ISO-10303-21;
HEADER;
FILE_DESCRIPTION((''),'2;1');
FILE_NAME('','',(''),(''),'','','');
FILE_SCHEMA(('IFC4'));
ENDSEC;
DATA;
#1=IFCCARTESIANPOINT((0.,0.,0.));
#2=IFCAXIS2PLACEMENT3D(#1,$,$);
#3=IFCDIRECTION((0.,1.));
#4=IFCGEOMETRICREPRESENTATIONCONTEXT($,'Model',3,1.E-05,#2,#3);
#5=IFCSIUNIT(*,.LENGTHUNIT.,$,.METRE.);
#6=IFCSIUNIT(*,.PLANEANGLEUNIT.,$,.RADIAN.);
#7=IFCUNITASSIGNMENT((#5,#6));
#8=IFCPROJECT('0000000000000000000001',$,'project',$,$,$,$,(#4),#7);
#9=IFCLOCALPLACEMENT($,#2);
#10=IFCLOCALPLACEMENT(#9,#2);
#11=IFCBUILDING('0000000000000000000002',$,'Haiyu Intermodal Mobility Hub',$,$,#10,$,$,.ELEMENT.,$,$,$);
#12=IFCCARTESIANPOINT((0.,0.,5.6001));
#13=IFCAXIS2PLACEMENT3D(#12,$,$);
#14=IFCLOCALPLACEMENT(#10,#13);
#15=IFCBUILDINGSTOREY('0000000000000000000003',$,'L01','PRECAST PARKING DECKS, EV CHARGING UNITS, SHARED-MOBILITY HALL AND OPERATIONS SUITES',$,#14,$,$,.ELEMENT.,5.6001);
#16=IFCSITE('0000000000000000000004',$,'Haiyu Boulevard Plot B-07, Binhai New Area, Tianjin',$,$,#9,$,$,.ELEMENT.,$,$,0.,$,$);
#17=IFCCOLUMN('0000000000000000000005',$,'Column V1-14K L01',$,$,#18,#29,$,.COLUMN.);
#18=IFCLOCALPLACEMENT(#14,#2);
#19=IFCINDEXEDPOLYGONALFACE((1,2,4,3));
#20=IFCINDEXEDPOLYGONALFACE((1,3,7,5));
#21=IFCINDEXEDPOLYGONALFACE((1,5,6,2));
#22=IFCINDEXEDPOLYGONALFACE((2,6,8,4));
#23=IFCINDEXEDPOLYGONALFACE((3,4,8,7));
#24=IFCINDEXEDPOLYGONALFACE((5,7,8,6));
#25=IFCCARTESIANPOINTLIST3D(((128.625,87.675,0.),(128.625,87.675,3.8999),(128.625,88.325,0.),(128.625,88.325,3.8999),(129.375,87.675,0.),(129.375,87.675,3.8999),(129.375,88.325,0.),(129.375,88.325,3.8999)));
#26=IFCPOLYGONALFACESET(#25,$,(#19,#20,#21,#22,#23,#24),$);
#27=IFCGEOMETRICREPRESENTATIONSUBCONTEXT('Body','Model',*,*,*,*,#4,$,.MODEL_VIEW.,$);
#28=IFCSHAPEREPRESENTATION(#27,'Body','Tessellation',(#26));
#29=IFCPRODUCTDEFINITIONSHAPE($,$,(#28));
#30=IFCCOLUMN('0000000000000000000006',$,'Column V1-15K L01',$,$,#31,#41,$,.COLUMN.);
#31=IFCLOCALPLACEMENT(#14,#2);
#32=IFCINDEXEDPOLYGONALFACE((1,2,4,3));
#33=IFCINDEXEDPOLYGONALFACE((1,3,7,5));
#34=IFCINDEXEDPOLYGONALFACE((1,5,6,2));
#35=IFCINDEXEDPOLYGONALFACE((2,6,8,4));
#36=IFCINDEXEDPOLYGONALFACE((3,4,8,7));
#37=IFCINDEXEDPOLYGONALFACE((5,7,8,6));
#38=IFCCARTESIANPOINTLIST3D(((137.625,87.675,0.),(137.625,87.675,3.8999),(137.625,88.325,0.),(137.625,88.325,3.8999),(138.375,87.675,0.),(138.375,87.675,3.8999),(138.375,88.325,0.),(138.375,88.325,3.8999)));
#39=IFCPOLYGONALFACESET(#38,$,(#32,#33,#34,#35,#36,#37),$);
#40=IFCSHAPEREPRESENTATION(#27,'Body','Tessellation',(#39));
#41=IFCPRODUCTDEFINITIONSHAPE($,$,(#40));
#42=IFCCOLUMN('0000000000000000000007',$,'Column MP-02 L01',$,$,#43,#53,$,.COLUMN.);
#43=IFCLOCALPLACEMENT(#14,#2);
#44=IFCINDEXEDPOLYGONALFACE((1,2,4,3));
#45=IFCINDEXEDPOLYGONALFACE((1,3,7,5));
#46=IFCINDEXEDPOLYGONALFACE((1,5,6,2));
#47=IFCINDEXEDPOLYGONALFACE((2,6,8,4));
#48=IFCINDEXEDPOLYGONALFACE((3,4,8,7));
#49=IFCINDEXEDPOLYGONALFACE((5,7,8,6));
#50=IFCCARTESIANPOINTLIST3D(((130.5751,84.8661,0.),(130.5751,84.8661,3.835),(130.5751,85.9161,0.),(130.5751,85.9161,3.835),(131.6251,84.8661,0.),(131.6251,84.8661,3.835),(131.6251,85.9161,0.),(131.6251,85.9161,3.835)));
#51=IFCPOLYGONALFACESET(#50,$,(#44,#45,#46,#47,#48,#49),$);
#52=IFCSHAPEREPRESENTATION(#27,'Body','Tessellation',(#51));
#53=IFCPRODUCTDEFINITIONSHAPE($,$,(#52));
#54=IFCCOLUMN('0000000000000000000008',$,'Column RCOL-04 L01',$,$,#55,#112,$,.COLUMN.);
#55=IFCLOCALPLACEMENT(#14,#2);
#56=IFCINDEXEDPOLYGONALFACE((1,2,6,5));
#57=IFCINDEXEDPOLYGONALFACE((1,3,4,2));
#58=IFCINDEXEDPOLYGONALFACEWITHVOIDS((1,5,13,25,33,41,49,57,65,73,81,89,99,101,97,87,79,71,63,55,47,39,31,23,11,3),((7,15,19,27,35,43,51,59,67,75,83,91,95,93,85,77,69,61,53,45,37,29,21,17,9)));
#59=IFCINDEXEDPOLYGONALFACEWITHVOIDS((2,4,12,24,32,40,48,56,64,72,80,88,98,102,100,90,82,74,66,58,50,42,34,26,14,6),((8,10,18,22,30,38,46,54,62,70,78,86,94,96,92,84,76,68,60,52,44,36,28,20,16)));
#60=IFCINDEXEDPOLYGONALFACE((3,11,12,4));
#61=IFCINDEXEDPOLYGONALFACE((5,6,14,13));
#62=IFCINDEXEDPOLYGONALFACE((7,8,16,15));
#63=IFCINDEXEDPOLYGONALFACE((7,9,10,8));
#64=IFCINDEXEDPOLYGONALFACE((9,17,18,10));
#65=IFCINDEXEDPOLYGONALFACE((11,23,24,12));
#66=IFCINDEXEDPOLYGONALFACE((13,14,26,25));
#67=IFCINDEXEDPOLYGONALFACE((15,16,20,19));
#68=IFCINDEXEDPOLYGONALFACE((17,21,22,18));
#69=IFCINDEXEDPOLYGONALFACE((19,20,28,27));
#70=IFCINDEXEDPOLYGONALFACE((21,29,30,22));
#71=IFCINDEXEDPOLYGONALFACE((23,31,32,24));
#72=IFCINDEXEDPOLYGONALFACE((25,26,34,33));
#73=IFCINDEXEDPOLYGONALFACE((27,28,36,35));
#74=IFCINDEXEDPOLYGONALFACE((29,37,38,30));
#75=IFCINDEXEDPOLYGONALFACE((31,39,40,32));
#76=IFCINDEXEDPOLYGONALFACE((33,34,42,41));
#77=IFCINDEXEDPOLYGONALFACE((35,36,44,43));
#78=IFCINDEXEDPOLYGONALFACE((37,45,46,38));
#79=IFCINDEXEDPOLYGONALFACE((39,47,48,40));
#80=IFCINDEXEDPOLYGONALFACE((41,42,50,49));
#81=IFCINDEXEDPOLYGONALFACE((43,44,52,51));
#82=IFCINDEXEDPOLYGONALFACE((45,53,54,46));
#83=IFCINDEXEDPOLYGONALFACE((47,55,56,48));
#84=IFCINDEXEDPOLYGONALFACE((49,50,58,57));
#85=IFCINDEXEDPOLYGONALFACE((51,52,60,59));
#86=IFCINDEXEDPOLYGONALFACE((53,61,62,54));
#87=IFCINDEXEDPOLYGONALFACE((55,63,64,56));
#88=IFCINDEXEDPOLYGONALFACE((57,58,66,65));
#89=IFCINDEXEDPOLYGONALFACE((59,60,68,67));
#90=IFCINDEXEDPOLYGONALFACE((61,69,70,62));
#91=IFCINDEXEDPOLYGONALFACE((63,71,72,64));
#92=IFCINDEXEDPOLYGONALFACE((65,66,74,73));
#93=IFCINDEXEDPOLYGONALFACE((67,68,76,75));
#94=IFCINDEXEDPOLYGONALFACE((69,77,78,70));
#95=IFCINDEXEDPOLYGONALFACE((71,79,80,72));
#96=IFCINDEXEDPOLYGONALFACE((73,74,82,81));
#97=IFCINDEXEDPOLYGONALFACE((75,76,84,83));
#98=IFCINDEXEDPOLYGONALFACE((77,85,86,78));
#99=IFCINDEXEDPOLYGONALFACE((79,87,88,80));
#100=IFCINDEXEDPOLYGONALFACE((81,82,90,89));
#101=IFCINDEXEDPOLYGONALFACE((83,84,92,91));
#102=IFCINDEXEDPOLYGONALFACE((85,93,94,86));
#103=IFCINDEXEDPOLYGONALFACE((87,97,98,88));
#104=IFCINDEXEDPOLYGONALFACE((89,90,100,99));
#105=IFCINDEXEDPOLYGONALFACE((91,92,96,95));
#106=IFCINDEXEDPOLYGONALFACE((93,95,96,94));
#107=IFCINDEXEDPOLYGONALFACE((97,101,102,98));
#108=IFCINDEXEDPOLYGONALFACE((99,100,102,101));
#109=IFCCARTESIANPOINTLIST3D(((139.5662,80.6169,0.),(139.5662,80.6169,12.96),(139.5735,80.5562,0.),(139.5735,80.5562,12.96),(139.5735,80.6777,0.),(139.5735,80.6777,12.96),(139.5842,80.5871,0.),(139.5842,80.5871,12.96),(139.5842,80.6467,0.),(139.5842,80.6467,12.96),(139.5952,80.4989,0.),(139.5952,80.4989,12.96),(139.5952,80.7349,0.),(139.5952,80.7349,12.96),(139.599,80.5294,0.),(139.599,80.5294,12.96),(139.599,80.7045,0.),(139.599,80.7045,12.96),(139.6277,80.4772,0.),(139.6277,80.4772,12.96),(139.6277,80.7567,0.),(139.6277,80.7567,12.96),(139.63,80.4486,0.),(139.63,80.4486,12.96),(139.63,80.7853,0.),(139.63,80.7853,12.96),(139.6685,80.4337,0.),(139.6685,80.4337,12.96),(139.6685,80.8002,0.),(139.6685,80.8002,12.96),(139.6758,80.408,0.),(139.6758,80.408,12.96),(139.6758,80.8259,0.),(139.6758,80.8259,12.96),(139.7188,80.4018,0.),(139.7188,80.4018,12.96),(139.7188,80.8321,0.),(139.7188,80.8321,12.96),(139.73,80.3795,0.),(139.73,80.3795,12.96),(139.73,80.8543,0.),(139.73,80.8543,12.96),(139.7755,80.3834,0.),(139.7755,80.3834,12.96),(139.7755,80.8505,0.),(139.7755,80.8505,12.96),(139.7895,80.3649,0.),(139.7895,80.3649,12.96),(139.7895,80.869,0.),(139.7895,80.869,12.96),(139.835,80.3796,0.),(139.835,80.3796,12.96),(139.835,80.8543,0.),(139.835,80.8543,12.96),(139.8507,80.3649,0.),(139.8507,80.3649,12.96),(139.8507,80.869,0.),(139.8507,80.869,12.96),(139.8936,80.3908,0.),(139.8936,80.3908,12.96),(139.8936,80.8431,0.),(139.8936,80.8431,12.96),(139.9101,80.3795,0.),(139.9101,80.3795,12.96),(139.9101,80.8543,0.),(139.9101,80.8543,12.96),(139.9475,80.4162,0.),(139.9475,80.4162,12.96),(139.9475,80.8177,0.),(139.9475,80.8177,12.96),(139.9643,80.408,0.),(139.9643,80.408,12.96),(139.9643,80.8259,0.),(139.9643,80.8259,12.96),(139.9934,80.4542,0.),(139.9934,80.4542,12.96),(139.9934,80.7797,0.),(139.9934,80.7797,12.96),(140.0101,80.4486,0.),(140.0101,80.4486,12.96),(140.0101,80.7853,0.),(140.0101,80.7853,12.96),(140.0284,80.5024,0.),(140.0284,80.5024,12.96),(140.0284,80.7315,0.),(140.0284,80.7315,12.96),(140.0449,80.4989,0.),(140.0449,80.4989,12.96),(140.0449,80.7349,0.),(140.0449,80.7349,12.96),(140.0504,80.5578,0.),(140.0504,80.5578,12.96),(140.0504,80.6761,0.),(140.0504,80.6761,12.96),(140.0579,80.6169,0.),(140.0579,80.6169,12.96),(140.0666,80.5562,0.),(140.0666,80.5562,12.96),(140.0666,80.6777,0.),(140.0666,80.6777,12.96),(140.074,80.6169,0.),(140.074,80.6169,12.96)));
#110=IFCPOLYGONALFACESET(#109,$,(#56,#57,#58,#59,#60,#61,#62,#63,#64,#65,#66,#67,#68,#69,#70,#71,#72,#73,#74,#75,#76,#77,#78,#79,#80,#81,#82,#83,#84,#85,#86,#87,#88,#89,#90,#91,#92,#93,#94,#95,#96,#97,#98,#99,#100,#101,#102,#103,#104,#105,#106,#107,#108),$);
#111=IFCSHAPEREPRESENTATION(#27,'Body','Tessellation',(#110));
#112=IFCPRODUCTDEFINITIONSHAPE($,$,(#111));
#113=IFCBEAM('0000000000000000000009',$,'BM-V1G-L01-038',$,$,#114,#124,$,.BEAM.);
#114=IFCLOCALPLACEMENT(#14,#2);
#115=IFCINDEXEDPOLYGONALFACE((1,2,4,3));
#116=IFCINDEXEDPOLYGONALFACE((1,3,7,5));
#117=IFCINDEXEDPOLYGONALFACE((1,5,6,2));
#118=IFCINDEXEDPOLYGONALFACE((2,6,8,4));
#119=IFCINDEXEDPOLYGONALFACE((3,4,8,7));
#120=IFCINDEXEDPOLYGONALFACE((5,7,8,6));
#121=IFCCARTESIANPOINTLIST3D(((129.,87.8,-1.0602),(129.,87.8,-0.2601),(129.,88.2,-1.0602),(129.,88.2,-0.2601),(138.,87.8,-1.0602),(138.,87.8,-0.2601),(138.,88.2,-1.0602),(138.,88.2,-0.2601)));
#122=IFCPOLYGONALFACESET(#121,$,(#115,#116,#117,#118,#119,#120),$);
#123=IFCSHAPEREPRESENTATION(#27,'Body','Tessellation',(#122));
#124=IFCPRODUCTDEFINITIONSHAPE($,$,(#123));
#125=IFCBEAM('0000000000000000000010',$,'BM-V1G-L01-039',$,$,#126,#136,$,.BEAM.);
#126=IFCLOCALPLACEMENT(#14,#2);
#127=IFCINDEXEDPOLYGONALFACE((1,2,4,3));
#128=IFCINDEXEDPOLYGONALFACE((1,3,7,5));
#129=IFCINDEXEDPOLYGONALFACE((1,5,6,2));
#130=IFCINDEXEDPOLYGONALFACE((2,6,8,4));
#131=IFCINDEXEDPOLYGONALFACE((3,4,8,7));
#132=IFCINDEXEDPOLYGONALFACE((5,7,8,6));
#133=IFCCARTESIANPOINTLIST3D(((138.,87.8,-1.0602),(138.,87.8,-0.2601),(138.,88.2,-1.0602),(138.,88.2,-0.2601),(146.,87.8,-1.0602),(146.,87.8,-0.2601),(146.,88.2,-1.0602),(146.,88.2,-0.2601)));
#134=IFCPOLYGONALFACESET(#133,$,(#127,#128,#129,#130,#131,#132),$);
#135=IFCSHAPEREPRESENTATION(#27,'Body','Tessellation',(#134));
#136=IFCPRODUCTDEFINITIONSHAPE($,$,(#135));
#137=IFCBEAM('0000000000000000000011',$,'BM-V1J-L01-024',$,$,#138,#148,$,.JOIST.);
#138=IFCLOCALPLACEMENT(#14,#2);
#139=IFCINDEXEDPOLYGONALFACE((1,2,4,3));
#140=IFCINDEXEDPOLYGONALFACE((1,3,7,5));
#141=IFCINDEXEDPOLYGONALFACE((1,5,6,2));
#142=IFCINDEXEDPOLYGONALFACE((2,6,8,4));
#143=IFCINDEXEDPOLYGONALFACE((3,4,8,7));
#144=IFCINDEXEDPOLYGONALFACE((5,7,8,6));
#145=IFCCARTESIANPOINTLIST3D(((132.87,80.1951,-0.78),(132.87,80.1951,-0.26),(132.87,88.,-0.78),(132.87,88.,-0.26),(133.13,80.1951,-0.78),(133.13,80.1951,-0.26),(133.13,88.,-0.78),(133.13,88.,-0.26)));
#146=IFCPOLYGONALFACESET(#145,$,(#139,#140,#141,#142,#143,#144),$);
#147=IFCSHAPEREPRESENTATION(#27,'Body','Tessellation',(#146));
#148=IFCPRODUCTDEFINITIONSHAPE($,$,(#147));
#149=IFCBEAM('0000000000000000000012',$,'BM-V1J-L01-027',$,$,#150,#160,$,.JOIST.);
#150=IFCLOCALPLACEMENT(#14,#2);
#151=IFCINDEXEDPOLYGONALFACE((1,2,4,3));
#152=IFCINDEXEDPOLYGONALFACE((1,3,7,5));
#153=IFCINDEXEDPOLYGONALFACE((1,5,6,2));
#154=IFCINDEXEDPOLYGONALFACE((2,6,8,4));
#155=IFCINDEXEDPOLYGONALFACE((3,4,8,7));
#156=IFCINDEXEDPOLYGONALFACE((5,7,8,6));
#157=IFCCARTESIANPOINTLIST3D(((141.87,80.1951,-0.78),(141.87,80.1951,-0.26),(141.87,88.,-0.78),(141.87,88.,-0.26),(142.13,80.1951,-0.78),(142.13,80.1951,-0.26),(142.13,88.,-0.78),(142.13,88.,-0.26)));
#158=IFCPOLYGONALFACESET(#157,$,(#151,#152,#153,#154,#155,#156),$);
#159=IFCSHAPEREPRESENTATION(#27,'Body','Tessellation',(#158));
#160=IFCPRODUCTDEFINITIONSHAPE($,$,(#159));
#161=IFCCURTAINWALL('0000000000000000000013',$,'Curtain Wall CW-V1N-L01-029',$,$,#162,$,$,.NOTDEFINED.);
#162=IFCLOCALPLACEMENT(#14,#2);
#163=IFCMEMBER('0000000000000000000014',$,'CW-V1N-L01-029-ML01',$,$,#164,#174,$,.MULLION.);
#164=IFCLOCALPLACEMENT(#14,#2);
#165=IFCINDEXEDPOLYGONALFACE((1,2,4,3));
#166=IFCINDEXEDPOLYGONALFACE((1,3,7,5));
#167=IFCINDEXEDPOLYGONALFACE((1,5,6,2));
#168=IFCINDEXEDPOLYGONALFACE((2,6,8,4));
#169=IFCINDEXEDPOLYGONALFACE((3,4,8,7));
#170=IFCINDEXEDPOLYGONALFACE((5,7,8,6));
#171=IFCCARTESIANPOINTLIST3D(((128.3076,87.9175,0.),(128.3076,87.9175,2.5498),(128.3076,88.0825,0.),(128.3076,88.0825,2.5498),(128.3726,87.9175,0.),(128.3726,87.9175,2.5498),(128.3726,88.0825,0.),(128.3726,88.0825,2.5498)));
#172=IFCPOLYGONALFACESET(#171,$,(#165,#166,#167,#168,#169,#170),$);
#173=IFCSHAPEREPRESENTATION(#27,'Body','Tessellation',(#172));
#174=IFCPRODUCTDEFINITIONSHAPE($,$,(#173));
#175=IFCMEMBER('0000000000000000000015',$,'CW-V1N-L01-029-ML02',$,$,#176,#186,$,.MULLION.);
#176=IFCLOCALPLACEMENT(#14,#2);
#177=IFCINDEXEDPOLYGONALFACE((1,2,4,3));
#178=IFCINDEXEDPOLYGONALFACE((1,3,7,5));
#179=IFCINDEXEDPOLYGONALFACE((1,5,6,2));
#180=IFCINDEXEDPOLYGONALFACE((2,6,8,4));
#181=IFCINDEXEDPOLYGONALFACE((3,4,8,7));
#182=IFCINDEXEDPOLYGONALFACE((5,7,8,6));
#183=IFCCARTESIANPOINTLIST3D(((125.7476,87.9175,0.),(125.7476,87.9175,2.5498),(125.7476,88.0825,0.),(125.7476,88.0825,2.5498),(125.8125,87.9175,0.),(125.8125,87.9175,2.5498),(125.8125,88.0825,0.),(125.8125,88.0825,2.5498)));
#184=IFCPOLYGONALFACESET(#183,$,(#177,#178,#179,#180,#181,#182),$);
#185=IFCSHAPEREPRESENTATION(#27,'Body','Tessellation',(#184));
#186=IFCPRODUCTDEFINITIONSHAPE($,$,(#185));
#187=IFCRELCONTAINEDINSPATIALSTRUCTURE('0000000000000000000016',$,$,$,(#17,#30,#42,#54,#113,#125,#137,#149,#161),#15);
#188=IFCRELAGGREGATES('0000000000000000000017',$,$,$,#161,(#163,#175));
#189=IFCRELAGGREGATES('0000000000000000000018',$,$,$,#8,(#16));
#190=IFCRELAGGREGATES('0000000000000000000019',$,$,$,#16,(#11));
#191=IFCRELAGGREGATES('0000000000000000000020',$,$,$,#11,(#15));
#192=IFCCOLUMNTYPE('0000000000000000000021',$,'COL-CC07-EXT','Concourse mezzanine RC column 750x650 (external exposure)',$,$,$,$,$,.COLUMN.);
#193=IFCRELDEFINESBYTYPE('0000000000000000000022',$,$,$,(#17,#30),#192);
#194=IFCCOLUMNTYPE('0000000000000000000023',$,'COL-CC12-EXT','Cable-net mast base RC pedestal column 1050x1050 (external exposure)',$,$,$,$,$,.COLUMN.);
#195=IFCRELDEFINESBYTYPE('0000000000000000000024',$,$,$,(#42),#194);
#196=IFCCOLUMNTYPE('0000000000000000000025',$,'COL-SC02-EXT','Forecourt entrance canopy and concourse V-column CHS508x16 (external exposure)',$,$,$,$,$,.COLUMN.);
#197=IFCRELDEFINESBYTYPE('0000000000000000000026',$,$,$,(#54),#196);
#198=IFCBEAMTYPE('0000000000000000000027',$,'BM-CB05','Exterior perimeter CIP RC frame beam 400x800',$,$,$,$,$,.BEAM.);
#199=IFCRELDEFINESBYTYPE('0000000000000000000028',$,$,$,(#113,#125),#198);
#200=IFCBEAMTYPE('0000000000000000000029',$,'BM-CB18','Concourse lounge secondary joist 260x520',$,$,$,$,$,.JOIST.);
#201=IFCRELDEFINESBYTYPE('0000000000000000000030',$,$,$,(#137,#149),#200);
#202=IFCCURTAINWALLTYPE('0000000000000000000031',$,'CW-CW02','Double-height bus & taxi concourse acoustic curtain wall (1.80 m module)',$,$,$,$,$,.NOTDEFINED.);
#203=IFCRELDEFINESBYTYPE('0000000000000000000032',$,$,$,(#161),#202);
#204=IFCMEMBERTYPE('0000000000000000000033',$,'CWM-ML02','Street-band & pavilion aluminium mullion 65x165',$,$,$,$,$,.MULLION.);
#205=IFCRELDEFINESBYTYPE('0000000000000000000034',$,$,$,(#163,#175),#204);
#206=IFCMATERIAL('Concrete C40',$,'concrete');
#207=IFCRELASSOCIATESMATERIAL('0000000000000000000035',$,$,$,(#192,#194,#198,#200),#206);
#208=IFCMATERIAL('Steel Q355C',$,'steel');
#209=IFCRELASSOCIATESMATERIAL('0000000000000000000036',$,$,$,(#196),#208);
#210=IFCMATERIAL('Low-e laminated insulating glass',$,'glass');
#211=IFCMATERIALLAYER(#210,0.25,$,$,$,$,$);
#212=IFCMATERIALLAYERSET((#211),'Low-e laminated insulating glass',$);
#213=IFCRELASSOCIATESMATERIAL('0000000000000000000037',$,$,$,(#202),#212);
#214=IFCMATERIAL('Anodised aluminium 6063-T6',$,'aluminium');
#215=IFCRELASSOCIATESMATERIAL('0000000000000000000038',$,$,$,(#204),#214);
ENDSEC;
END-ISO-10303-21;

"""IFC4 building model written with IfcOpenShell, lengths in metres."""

from ifc_helpers import new_model, si_unit, direction, frame, origin, origin_2d, place, context, subcontext, project, spatial, rectangle, hollow_circle, extrude, material, layer, layer_set, material_profile, profile_set, type_object, element, aggregate, save


model = new_model("IFC4")

# Units and contexts
model_context = context("Model", 3, precision=1e-05, world=origin(), true_north=direction((0.0, 1.0)))
body_context = subcontext(model_context, "Body", "Model", "MODEL_VIEW")
ifc_project = project(units=[si_unit("LENGTHUNIT", "METRE"), si_unit("PLANEANGLEUNIT", "RADIAN")], contexts=[model_context])

# Site, building, storey
site_placement = place(None, origin())
site = spatial("IfcSite", under=ifc_project, at=site_placement, Name="Haiyu Boulevard Plot B-07, Binhai New Area, Tianjin", CompositionType="ELEMENT", RefElevation=0.0)
building_placement = place(site_placement, origin())
building = spatial("IfcBuilding", under=site, at=building_placement, Name="Haiyu Intermodal Mobility Hub", CompositionType="ELEMENT")
storey_placement = place(building_placement, frame((0.0, 0.0, 5.6001)))
storey = spatial("IfcBuildingStorey", under=building, at=storey_placement, Name="L01", Description="PRECAST PARKING DECKS, EV CHARGING UNITS, SHARED-MOBILITY HALL AND OPERATIONS SUITES", CompositionType="ELEMENT", Elevation=5.6001)

# Columns
ifc_material_1 = material(Name="Concrete C40", Category="concrete")
ifc_material_profile_1 = material_profile(ifc_material_1, rectangle(XDim=0.75, YDim=0.6499, at=origin_2d()), Name="RC750x650")
ifc_profile_set_1 = profile_set([ifc_material_profile_1], Name="Concrete C40")
column_type_1 = type_object("IfcColumnType", Name="COL-CC07-EXT", Description="Concourse mezzanine RC column 750x650 (external exposure)", PredefinedType="COLUMN", material=ifc_profile_set_1)
for number, where, z_axis, x_axis, name in (
    (1, (129.0, 88.0, 0.0), (0.0, 0.0, 1.0), (1.0, 0.0, 0.0), "Column V1-14K L01"),
    (2, (138.0, 88.0, 0.0), (0.0, 0.0, 1.0), (1.0, 0.0, 0.0), "Column V1-15K L01"),
):
    element("IfcColumn", number, at=place(storey_placement, frame(where, z_axis=z_axis, x_axis=x_axis)), inside=storey, type_object=column_type_1, Name=name, PredefinedType="COLUMN", context=body_context, shape_type="SweptSolid", body=[
        extrude(rectangle(XDim=0.75, YDim=0.6499, at=origin_2d()), origin(), (0.0, 0.0, 1.0), 3.8999),
    ])
ifc_material_profile_2 = material_profile(ifc_material_1, rectangle(XDim=1.05, YDim=1.05, at=origin_2d()), Name="RC1050x1050")
ifc_profile_set_2 = profile_set([ifc_material_profile_2], Name="Concrete C40")
column_type_2 = type_object("IfcColumnType", Name="COL-CC12-EXT", Description="Cable-net mast base RC pedestal column 1050x1050 (external exposure)", PredefinedType="COLUMN", material=ifc_profile_set_2)
column_1_placement = place(storey_placement, frame((131.1001, 85.3911, 0.0), z_axis=(0.0, 0.0, 1.0), x_axis=(1.0, 0.0, 0.0)))
element("IfcColumn", 3, at=column_1_placement, inside=storey, type_object=column_type_2, Name="Column MP-02 L01", PredefinedType="COLUMN", context=body_context, shape_type="SweptSolid", body=[
    extrude(rectangle(XDim=1.05, YDim=1.05, at=origin_2d()), origin(), (0.0, 0.0, 1.0), 3.835),
])
ifc_material_2 = material(Name="Steel Q355C", Category="steel")
ifc_material_profile_3 = material_profile(ifc_material_2, hollow_circle(Radius=0.2539, WallThickness=0.0161, at=origin_2d()), Name="CHS508x16")
ifc_profile_set_3 = profile_set([ifc_material_profile_3], Name="Steel Q355C")
column_type_3 = type_object("IfcColumnType", Name="COL-SC02-EXT", Description="Forecourt entrance canopy and concourse V-column CHS508x16 (external exposure)", PredefinedType="COLUMN", material=ifc_profile_set_3)
column_2_placement = place(storey_placement, frame((139.8201, 80.6169, 0.0), z_axis=(0.0, 0.0, 1.0), x_axis=(1.0, 0.0, 0.0)))
element("IfcColumn", 4, at=column_2_placement, inside=storey, type_object=column_type_3, Name="Column RCOL-04 L01", PredefinedType="COLUMN", context=body_context, shape_type="SweptSolid", body=[
    extrude(hollow_circle(Radius=0.2539, WallThickness=0.0161, at=origin_2d()), origin(), (0.0, 0.0, 1.0), 12.96),
])

# Beams
ifc_material_profile_4 = material_profile(ifc_material_1, rectangle(XDim=0.3999, YDim=0.8, at=origin_2d()), Name="RCB400x800")
ifc_profile_set_4 = profile_set([ifc_material_profile_4], Name="Concrete C40")
beam_type_1 = type_object("IfcBeamType", Name="BM-CB05", Description="Exterior perimeter CIP RC frame beam 400x800", PredefinedType="BEAM", material=ifc_profile_set_4)
beam_1_placement = place(storey_placement, frame((129.0, 88.0, -0.6602), z_axis=(1.0, 0.0, 0.0), x_axis=(0.0, 1.0, 0.0)))
element("IfcBeam", 5, at=beam_1_placement, inside=storey, type_object=beam_type_1, Name="BM-V1G-L01-038", PredefinedType="BEAM", context=body_context, shape_type="SweptSolid", body=[
    extrude(rectangle(XDim=0.3999, YDim=0.8, at=origin_2d()), origin(), (0.0, 0.0, 1.0), 9.0),
])
beam_2_placement = place(storey_placement, frame((138.0, 88.0, -0.6602), z_axis=(1.0, 0.0, 0.0), x_axis=(0.0, 1.0, 0.0)))
element("IfcBeam", 6, at=beam_2_placement, inside=storey, type_object=beam_type_1, Name="BM-V1G-L01-039", PredefinedType="BEAM", context=body_context, shape_type="SweptSolid", body=[
    extrude(rectangle(XDim=0.3999, YDim=0.8, at=origin_2d()), origin(), (0.0, 0.0, 1.0), 8.0),
])
ifc_material_profile_5 = material_profile(ifc_material_1, rectangle(XDim=0.26, YDim=0.52, at=origin_2d()), Name="B260x520")
ifc_profile_set_5 = profile_set([ifc_material_profile_5], Name="Concrete C40")
beam_type_2 = type_object("IfcBeamType", Name="BM-CB18", Description="Concourse lounge secondary joist 260x520", PredefinedType="JOIST", material=ifc_profile_set_5)
for number, where, z_axis, x_axis, name in (
    (7, (133.0, 80.1951, -0.52), (0.0, 1.0, 0.0), (-1.0, 0.0, 0.0), "BM-V1J-L01-024"),
    (8, (142.0, 80.1951, -0.52), (0.0, 1.0, 0.0), (-1.0, 0.0, 0.0), "BM-V1J-L01-027"),
):
    element("IfcBeam", number, at=place(storey_placement, frame(where, z_axis=z_axis, x_axis=x_axis)), inside=storey, type_object=beam_type_2, Name=name, PredefinedType="JOIST", context=body_context, shape_type="SweptSolid", body=[
        extrude(rectangle(XDim=0.26, YDim=0.52, at=origin_2d()), origin(), (0.0, 0.0, 1.0), 7.8049),
    ])

# Curtain wall, members
ifc_material_3 = material(Name="Low-e laminated insulating glass", Category="glass")
ifc_layer_1 = layer(ifc_material_3, 0.25)
ifc_layer_set_1 = layer_set([ifc_layer_1], Name="Low-e laminated insulating glass")
curtain_wall_type = type_object("IfcCurtainWallType", Name="CW-CW02", Description="Double-height bus & taxi concourse acoustic curtain wall (1.80 m module)", PredefinedType="NOTDEFINED", material=ifc_layer_set_1)
curtain_wall_1_placement = place(storey_placement, origin())
curtain_wall_1 = element("IfcCurtainWall", 9, at=curtain_wall_1_placement, inside=storey, type_object=curtain_wall_type, Name="Curtain Wall CW-V1N-L01-029", PredefinedType="NOTDEFINED")
ifc_material_4 = material(Name="Anodised aluminium 6063-T6", Category="aluminium")
ifc_material_profile_6 = material_profile(ifc_material_4, rectangle(XDim=0.0649, YDim=0.165, at=origin_2d()), Name="ALU65x165")
ifc_profile_set_6 = profile_set([ifc_material_profile_6], Name="Anodised aluminium 6063-T6")
member_type_1 = type_object("IfcMemberType", Name="CWM-ML02", Description="Street-band & pavilion aluminium mullion 65x165", PredefinedType="MULLION", material=ifc_profile_set_6)
member_1_placement = place(storey_placement, frame((128.3401, 88.0, 0.0), z_axis=(0.0, 0.0, 1.0), x_axis=(1.0, 0.0, 0.0)))
member_1 = element("IfcMember", 10, at=member_1_placement, type_object=member_type_1, Name="CW-V1N-L01-029-ML01", PredefinedType="MULLION", context=body_context, shape_type="SweptSolid", body=[
    extrude(rectangle(XDim=0.0649, YDim=0.165, at=origin_2d()), origin(), (0.0, 0.0, 1.0), 2.5498),
])
member_2_placement = place(storey_placement, frame((125.78, 88.0, 0.0), z_axis=(0.0, 0.0, 1.0), x_axis=(1.0, 0.0, 0.0)))
member_2 = element("IfcMember", 11, at=member_2_placement, type_object=member_type_1, Name="CW-V1N-L01-029-ML02", PredefinedType="MULLION", context=body_context, shape_type="SweptSolid", body=[
    extrude(rectangle(XDim=0.0649, YDim=0.165, at=origin_2d()), origin(), (0.0, 0.0, 1.0), 2.5498),
])

aggregate(curtain_wall_1, [member_1, member_2])

save(model, "model.ifc")
